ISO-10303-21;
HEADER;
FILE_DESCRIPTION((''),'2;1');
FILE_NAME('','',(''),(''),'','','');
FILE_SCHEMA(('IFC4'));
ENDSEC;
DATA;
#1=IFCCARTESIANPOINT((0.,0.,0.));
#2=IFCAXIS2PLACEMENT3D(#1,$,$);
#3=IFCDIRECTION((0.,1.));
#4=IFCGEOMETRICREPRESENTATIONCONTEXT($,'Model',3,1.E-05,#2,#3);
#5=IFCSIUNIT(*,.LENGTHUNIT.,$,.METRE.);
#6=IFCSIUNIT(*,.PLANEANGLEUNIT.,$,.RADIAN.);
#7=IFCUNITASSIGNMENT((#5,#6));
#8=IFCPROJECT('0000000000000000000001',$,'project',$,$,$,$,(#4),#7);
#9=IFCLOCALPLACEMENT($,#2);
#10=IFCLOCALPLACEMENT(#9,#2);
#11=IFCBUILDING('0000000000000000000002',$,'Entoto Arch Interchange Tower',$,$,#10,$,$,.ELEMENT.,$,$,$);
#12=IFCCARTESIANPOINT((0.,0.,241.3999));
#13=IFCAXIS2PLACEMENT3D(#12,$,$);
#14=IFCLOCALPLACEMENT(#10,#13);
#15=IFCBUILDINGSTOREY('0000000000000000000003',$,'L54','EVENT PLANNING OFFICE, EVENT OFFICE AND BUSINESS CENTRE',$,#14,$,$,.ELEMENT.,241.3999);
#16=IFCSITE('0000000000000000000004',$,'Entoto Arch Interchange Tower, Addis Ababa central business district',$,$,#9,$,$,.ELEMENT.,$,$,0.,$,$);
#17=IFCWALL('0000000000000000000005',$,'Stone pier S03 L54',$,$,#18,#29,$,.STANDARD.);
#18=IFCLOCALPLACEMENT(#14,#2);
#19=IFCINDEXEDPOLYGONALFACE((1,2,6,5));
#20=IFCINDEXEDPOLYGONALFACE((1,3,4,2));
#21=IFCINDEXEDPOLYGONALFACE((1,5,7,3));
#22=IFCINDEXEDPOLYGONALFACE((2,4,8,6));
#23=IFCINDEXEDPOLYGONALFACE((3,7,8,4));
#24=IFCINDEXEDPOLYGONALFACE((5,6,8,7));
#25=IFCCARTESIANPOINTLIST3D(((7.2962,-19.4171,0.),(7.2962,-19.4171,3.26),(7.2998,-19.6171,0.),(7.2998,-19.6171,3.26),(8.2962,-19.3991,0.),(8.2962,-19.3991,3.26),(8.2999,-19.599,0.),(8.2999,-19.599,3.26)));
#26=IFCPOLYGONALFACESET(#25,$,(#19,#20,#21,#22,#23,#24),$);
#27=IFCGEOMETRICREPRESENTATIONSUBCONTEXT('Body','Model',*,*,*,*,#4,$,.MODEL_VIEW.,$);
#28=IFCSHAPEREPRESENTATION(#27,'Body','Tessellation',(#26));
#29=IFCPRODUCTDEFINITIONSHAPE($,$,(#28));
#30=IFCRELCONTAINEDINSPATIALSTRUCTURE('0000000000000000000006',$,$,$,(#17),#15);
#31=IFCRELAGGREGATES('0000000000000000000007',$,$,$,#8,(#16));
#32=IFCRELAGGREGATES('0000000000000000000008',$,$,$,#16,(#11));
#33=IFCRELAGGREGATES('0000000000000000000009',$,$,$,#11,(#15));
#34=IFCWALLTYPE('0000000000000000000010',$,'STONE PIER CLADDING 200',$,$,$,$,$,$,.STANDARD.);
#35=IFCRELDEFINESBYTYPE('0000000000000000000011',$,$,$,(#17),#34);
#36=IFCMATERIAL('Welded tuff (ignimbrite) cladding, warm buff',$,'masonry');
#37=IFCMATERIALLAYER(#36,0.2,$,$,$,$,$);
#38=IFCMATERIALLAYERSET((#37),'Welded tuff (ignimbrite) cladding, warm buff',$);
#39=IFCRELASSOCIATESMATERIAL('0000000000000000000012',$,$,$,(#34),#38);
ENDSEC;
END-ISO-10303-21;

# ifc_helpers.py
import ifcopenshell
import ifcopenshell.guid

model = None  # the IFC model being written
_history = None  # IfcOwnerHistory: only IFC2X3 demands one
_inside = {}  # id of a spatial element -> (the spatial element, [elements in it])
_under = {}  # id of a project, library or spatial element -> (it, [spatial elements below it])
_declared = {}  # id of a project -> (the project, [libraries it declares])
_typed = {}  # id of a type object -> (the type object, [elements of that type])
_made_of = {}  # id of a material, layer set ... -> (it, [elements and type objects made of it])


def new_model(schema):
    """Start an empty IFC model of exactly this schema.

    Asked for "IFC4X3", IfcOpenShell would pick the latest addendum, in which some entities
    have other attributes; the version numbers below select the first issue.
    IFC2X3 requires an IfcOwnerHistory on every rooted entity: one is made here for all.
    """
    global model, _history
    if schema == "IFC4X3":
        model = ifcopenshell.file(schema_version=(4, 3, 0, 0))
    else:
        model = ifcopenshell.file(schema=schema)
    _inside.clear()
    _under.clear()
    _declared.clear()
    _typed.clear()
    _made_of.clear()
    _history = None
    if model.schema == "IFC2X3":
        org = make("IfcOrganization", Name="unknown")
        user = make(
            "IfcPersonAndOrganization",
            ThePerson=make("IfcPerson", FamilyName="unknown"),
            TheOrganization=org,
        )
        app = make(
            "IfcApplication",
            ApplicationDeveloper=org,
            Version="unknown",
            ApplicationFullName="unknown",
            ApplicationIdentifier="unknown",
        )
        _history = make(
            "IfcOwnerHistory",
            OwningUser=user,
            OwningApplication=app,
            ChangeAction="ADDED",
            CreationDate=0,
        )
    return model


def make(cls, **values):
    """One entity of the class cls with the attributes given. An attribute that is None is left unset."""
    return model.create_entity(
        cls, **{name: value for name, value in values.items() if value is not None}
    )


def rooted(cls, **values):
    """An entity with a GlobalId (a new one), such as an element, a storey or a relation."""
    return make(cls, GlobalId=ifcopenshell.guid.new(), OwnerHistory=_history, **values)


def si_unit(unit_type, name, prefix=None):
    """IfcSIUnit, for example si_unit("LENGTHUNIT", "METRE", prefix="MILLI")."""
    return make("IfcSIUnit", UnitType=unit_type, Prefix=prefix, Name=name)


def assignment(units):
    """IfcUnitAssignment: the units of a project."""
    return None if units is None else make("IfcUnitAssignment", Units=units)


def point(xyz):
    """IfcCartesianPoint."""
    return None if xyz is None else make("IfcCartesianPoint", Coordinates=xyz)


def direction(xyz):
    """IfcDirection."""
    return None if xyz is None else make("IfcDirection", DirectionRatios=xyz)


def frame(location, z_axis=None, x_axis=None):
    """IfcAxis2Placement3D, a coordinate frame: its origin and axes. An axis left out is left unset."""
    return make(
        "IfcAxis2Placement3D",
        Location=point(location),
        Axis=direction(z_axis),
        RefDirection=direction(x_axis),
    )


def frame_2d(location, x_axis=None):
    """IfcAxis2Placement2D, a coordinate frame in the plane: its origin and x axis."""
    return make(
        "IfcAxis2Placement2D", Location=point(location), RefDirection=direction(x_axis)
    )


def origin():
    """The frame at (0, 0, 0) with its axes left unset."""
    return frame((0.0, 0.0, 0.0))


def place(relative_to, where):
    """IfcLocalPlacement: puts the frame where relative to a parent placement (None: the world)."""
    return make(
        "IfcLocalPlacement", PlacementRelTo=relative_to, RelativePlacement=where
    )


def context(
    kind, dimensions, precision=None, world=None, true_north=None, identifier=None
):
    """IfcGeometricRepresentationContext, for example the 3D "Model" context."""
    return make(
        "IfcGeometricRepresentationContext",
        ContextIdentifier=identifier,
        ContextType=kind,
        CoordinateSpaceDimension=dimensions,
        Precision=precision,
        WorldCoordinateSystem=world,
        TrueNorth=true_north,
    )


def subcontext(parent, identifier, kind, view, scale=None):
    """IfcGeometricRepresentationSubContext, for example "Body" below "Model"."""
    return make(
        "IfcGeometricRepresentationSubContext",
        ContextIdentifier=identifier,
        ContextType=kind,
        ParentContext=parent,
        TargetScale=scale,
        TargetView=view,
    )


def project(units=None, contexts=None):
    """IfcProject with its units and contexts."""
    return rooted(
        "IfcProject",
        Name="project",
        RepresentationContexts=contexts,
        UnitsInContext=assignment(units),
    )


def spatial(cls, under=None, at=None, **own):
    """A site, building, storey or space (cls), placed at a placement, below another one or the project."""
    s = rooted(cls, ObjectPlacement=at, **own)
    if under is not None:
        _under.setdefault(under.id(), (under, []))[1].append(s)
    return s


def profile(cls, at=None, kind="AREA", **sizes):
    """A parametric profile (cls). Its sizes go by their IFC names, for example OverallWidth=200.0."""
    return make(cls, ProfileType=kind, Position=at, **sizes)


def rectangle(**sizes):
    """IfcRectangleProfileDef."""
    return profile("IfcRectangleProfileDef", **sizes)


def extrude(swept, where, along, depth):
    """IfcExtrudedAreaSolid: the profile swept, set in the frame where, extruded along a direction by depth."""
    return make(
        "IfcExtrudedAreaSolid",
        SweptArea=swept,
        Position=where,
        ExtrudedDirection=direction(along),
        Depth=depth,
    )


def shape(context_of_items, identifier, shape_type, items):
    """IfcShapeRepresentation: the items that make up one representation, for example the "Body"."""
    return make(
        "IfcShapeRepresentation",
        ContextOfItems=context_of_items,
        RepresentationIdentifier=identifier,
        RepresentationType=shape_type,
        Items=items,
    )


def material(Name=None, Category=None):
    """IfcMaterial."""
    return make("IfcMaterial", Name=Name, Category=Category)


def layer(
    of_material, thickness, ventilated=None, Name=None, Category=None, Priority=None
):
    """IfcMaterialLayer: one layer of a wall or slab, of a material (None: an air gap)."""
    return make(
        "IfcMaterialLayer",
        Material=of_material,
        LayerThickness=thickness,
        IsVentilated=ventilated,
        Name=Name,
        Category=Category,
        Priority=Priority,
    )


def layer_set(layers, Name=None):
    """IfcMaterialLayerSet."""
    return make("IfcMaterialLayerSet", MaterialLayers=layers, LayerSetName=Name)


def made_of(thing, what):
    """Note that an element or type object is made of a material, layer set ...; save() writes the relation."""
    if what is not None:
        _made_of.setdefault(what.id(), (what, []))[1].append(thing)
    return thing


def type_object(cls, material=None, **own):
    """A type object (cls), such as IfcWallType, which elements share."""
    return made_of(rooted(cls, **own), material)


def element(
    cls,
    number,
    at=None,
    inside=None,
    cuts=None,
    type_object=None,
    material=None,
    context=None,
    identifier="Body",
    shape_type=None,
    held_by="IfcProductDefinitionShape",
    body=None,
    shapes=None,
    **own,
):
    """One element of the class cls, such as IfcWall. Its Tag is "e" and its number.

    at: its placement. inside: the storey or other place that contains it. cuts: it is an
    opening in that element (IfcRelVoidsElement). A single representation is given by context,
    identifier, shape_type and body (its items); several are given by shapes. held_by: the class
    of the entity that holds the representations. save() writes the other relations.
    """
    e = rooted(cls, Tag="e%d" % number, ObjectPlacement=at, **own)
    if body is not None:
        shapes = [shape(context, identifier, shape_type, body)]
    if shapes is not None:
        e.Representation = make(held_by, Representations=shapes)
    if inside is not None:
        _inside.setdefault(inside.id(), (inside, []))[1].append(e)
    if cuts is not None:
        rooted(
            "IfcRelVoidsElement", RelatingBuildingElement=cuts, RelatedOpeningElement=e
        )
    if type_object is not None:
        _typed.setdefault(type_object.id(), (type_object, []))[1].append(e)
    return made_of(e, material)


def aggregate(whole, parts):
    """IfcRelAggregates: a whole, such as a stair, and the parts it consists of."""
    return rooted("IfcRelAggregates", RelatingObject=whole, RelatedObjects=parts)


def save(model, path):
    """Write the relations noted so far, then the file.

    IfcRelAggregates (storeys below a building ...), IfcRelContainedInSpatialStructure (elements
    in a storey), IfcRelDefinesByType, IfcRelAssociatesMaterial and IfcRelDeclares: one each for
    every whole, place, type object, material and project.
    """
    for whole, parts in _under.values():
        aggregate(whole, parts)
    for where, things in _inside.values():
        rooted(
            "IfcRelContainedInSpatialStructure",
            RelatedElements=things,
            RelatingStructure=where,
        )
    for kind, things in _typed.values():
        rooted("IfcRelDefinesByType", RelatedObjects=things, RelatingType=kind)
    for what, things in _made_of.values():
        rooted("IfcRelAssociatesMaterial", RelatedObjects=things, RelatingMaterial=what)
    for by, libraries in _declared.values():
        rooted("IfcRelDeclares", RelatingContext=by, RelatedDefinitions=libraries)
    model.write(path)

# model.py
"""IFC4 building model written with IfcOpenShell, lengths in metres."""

from ifc_helpers import new_model, si_unit, direction, frame, frame_2d, origin, place, context, subcontext, project, spatial, rectangle, extrude, material, layer, layer_set, type_object, element, save


model = new_model("IFC4")

# Units and contexts
model_context = context("Model", 3, precision=1e-05, world=origin(), true_north=direction((0.0, 1.0)))
body_context = subcontext(model_context, "Body", "Model", "MODEL_VIEW")
ifc_project = project(units=[si_unit("LENGTHUNIT", "METRE"), si_unit("PLANEANGLEUNIT", "RADIAN")], contexts=[model_context])

# Site, building, storey
site_placement = place(None, origin())
site = spatial("IfcSite", under=ifc_project, at=site_placement, Name="Entoto Arch Interchange Tower, Addis Ababa central business district", CompositionType="ELEMENT", RefElevation=0.0)
building_placement = place(site_placement, origin())
building = spatial("IfcBuilding", under=site, at=building_placement, Name="Entoto Arch Interchange Tower", CompositionType="ELEMENT")
storey_placement = place(building_placement, frame((0.0, 0.0, 241.3999)))
storey = spatial("IfcBuildingStorey", under=building, at=storey_placement, Name="L54", Description="EVENT PLANNING OFFICE, EVENT OFFICE AND BUSINESS CENTRE", CompositionType="ELEMENT", Elevation=241.3999)

# Wall
ifc_material_1 = material(Name="Welded tuff (ignimbrite) cladding, warm buff", Category="masonry")
ifc_layer_1 = layer(ifc_material_1, 0.2)
ifc_layer_set_1 = layer_set([ifc_layer_1], Name="Welded tuff (ignimbrite) cladding, warm buff")
wall_type_1 = type_object("IfcWallType", Name="STONE PIER CLADDING 200", PredefinedType="STANDARD", material=ifc_layer_set_1)
wall_1_placement = place(storey_placement, frame((7.2981, -19.5171, 0.0), z_axis=(0.0, 0.0, 1.0), x_axis=(0.999837, 0.018063, 0.0)))
element("IfcWall", 1, at=wall_1_placement, inside=storey, type_object=wall_type_1, Name="Stone pier S03 L54", PredefinedType="STANDARD", context=body_context, shape_type="SweptSolid", body=[
    extrude(rectangle(XDim=1.0002, YDim=0.2, at=frame_2d((0.5, 0.0))), origin(), (0.0, 0.0, 1.0), 3.26),
])

save(model, "model.ifc")
